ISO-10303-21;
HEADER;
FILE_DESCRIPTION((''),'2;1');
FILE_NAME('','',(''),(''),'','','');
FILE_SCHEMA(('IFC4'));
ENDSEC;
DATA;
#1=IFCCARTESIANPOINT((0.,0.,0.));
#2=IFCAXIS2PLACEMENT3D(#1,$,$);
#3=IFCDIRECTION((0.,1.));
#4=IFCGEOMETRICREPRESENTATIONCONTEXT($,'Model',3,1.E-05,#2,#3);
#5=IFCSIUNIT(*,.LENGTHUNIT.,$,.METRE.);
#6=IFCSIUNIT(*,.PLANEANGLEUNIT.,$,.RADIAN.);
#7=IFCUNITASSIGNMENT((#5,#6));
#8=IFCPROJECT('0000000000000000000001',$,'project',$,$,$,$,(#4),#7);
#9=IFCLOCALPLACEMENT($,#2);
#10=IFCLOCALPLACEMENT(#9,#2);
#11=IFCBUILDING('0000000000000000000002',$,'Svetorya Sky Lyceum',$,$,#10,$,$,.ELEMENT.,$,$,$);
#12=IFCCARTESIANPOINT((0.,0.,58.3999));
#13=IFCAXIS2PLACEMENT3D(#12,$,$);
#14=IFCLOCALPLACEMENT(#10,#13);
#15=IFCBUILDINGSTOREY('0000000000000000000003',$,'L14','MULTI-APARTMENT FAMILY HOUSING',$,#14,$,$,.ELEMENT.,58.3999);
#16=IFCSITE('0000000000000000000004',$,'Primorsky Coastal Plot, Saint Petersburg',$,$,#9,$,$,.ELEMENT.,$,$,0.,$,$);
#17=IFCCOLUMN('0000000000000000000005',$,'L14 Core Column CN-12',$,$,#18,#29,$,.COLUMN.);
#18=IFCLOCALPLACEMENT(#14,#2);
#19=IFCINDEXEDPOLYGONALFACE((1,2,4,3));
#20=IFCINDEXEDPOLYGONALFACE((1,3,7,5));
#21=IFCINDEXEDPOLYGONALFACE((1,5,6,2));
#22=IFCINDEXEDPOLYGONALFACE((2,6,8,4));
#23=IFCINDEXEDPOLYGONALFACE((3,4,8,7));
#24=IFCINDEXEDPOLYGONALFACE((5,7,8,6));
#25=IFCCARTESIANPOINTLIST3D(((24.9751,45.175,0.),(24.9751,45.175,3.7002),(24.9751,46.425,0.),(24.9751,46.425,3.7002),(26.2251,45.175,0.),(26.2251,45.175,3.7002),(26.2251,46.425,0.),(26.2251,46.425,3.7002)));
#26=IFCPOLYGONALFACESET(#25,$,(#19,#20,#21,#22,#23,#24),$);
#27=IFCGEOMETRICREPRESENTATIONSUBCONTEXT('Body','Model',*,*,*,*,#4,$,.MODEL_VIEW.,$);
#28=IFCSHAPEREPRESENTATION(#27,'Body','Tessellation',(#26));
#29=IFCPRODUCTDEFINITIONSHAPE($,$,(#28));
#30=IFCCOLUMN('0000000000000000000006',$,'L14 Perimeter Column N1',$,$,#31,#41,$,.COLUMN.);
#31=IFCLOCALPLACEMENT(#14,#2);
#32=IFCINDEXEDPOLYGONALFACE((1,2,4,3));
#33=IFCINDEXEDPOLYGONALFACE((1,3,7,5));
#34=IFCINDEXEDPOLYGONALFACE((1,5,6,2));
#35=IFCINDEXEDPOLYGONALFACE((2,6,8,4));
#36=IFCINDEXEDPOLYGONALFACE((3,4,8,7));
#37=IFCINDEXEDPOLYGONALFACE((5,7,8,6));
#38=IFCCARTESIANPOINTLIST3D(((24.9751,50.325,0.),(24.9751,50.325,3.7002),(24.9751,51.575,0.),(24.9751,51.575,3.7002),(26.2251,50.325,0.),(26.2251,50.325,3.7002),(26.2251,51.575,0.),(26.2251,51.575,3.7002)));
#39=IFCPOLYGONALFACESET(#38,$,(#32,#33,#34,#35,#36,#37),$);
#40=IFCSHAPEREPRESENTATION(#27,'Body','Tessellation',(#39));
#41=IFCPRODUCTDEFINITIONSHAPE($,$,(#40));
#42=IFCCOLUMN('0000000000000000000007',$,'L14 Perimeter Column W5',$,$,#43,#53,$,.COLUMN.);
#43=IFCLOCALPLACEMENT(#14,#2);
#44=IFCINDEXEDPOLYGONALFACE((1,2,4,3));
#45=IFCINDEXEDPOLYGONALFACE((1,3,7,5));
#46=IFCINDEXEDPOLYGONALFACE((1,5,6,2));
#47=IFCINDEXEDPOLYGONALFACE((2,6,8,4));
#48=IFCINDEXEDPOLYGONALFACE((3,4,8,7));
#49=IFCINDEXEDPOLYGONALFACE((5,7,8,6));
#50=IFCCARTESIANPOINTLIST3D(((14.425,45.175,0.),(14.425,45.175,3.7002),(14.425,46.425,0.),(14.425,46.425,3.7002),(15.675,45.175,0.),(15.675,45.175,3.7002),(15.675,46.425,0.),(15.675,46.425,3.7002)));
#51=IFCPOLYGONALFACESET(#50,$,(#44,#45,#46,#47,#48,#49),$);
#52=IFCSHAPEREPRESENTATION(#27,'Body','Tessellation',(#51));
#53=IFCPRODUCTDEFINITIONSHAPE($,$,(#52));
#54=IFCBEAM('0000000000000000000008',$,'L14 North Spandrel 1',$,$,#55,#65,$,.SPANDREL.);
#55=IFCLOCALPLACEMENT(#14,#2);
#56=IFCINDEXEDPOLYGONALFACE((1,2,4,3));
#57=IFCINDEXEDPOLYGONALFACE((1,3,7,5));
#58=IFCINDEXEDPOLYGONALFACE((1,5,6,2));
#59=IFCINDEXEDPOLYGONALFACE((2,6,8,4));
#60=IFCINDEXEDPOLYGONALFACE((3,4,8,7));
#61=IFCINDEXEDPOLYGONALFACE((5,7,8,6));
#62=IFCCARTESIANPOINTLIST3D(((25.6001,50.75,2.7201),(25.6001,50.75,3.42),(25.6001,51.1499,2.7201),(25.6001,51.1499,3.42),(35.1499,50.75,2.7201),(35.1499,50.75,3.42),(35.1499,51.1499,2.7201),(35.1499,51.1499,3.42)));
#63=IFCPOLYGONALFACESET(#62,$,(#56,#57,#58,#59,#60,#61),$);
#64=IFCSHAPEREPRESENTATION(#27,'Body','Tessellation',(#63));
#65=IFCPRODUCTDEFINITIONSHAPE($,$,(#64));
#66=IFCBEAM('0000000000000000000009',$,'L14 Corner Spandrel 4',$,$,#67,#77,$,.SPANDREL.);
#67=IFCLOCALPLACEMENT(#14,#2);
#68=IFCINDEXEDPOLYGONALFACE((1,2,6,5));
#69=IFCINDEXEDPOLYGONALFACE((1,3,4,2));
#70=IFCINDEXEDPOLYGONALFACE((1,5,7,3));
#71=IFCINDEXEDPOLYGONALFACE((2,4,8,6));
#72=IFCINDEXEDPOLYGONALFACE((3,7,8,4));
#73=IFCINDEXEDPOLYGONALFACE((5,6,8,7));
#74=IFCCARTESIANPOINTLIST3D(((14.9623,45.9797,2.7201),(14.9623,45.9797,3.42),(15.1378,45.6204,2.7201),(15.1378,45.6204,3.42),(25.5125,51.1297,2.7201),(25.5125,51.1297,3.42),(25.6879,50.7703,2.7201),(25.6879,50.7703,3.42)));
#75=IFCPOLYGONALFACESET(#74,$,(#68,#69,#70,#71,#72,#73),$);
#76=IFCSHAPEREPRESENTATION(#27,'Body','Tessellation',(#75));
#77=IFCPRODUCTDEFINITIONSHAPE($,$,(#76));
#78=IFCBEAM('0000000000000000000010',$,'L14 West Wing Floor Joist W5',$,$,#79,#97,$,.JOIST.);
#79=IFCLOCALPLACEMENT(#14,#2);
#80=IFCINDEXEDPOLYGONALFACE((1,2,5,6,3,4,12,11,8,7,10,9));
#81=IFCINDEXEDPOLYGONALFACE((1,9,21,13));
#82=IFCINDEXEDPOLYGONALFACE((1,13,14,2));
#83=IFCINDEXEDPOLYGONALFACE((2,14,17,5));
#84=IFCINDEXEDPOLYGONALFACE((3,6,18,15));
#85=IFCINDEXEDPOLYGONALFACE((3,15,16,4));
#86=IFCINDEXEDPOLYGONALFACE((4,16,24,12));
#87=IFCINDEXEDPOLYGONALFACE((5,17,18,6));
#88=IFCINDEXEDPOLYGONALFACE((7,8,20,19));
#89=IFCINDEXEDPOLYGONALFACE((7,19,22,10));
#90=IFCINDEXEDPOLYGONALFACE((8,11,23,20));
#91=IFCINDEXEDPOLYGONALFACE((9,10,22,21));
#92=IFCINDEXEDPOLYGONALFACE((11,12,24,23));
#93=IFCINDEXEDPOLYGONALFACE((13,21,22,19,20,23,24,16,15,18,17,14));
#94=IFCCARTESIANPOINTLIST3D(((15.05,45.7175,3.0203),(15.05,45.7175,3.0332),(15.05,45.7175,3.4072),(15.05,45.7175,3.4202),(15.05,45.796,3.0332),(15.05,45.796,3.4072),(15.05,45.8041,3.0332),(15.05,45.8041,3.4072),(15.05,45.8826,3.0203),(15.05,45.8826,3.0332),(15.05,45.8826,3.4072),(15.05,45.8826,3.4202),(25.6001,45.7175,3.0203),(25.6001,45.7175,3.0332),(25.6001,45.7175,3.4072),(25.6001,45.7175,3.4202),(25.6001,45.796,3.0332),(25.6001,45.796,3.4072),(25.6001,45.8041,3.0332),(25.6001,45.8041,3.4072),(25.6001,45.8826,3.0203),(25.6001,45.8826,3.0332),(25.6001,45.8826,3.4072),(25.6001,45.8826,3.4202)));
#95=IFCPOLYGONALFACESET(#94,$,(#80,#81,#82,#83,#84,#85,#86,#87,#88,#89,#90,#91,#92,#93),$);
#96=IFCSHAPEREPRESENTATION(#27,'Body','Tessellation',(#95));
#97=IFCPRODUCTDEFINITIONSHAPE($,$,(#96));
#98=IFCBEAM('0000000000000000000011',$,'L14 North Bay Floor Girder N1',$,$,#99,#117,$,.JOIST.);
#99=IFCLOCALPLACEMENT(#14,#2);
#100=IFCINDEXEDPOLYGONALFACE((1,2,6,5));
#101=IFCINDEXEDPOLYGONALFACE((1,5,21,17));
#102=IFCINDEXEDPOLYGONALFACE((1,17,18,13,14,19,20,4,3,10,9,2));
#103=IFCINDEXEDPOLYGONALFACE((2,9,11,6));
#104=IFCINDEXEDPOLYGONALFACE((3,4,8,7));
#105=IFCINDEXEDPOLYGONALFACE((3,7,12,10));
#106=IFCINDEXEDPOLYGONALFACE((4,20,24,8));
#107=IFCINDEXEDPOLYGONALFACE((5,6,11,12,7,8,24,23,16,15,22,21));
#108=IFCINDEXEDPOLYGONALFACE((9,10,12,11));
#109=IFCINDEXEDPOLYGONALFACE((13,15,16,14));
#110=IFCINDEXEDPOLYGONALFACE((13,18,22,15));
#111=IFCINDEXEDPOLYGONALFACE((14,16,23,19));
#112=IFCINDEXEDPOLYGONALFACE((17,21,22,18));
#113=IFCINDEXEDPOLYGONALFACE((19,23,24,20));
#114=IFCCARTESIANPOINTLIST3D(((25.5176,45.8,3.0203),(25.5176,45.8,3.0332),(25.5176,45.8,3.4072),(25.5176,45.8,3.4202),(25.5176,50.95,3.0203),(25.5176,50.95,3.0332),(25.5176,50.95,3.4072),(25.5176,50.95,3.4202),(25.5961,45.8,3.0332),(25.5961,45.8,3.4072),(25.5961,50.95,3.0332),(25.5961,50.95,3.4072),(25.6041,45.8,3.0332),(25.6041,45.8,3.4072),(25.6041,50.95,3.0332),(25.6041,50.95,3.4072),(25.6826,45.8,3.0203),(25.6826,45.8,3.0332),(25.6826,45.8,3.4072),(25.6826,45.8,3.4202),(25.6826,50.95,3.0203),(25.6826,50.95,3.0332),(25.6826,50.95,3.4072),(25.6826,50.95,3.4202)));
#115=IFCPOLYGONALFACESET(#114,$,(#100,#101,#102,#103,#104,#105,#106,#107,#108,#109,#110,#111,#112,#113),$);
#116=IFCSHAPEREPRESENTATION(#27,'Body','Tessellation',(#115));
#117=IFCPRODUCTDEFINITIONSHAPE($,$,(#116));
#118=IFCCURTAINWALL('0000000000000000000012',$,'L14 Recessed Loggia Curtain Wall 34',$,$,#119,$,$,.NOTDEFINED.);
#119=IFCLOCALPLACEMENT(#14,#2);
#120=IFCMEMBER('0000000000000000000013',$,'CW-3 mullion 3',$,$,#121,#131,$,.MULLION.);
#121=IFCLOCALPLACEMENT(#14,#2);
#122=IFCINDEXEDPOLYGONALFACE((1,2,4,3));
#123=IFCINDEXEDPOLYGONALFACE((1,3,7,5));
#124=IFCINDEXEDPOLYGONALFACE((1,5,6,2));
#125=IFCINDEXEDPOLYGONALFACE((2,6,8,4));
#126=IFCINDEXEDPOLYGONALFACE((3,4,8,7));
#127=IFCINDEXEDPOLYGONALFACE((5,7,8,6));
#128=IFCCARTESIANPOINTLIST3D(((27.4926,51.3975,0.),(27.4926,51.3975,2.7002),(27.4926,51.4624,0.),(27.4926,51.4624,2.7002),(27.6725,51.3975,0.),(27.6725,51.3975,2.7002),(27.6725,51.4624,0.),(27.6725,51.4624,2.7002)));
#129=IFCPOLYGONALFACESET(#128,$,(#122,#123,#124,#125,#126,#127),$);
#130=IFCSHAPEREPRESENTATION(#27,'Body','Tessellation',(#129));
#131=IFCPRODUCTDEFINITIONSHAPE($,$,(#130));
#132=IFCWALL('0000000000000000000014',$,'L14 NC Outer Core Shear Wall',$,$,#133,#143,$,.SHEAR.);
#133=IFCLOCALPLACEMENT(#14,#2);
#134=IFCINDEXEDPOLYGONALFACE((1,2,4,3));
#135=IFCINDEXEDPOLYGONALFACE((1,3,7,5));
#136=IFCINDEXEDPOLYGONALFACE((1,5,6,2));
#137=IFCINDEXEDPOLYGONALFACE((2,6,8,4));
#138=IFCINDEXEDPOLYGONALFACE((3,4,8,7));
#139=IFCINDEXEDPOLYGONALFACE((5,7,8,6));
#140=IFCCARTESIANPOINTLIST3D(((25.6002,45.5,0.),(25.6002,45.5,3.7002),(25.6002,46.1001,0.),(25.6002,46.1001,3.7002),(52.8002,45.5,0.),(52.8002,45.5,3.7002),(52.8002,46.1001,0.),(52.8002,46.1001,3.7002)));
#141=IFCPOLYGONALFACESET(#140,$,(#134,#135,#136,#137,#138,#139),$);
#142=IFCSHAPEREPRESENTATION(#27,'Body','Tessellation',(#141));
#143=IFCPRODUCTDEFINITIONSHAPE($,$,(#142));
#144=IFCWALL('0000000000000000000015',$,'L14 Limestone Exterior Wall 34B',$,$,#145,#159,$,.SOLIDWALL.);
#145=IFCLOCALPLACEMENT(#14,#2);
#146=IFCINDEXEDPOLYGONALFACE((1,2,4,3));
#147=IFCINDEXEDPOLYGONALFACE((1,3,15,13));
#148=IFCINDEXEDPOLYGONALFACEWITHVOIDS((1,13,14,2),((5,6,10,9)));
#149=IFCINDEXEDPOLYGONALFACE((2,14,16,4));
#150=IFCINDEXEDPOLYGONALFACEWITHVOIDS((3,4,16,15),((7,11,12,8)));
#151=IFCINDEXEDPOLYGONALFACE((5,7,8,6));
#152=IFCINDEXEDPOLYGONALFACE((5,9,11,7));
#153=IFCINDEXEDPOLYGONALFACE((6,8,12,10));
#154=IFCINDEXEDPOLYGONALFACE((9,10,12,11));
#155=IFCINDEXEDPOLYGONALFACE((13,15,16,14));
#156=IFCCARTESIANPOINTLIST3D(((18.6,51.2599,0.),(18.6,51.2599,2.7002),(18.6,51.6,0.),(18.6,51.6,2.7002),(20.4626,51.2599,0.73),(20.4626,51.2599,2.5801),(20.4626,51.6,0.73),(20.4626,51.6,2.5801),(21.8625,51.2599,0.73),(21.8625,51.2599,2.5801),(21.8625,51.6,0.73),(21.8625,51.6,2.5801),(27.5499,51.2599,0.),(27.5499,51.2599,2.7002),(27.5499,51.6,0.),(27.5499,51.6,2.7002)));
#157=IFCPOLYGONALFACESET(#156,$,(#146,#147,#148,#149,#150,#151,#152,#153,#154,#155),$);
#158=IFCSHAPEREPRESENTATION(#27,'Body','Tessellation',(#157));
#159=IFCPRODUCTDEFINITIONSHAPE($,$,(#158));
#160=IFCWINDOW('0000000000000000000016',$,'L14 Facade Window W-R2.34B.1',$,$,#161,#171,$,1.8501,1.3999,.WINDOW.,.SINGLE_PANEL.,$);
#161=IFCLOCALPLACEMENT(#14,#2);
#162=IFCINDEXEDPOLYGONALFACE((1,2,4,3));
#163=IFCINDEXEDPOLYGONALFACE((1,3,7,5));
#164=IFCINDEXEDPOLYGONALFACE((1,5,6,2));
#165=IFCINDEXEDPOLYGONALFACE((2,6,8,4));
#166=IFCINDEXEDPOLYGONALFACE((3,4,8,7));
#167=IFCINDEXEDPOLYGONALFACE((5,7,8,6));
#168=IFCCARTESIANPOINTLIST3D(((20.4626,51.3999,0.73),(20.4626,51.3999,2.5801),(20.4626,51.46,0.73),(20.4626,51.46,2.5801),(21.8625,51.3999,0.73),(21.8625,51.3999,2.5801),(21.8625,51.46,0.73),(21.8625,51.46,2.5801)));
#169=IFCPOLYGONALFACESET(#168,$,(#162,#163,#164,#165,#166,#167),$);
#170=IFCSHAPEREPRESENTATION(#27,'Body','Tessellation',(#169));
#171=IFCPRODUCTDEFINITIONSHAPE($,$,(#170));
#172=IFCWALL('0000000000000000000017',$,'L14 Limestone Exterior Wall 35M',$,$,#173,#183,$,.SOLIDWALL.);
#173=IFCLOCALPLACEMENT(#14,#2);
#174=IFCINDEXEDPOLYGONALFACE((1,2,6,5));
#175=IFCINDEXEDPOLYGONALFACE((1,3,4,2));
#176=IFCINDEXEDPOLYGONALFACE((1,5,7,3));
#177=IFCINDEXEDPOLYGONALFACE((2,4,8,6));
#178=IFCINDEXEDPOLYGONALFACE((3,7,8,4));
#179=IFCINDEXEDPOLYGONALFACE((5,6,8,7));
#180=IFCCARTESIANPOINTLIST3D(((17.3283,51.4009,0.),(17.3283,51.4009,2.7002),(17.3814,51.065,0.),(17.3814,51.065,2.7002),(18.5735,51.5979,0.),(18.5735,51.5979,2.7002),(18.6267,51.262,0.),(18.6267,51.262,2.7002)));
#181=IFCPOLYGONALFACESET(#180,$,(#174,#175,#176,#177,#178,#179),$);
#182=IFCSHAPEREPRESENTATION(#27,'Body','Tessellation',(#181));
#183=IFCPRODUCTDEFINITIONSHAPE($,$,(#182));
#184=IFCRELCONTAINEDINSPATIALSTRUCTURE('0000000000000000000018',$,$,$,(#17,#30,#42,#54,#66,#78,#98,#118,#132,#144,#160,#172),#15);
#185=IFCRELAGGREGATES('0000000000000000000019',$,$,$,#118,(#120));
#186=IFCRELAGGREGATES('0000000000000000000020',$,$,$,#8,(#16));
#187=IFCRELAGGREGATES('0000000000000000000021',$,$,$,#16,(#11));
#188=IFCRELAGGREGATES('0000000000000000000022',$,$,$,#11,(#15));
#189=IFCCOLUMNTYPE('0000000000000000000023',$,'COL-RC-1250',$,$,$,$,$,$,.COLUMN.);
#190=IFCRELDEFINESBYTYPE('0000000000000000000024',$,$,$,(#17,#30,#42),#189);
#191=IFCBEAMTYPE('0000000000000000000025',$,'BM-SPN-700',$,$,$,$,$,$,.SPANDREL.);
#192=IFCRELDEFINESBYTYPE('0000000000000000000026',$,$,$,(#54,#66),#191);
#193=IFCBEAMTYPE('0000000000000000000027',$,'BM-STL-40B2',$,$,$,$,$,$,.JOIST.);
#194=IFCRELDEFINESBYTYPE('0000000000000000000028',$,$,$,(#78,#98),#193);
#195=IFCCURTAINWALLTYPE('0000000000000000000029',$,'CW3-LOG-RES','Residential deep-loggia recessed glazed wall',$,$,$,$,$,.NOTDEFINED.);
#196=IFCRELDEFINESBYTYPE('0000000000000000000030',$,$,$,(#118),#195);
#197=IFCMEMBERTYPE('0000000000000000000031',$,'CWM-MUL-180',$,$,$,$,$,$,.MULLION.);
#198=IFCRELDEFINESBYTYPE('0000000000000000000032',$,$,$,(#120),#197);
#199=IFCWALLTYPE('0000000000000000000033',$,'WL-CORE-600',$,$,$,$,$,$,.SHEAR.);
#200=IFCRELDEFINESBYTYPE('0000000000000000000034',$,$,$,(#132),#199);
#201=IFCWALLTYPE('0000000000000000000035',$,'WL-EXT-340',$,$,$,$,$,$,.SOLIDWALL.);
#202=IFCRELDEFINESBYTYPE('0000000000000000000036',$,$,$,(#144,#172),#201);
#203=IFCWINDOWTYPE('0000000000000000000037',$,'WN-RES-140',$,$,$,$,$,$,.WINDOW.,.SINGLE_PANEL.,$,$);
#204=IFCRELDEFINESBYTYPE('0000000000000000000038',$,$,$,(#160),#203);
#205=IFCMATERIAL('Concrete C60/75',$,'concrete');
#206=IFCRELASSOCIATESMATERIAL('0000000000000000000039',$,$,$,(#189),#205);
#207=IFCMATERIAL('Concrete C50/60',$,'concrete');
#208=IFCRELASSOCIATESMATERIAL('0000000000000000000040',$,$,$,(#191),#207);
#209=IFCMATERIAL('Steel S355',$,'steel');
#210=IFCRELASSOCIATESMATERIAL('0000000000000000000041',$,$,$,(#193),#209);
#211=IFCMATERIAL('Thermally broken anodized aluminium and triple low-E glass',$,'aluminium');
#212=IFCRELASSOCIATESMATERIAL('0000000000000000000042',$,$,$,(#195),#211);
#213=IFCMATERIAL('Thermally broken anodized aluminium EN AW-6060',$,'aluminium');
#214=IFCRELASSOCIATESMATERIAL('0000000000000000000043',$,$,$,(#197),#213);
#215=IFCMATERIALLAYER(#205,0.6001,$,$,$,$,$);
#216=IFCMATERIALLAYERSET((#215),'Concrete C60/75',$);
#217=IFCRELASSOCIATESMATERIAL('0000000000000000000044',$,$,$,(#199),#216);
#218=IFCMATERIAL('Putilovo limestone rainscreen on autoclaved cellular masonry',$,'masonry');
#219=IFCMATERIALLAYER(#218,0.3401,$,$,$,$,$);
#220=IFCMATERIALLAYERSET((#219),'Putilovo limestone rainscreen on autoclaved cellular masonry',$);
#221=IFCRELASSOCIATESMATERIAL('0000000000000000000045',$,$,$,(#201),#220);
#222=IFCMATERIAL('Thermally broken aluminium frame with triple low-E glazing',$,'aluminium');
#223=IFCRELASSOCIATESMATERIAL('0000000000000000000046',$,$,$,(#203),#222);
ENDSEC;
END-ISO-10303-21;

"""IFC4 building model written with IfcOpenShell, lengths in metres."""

from ifc_helpers import new_model, si_unit, direction, frame, frame_2d, origin, origin_2d, place, context, subcontext, project, spatial, rectangle, i_section, extrude, material, layer, layer_set, material_profile, profile_set, type_object, element, fill, aggregate, save


model = new_model("IFC4")

# Units and contexts
model_context = context("Model", 3, precision=1e-05, world=origin(), true_north=direction((0.0, 1.0)))
body_context = subcontext(model_context, "Body", "Model", "MODEL_VIEW")
ifc_project = project(units=[si_unit("LENGTHUNIT", "METRE"), si_unit("PLANEANGLEUNIT", "RADIAN")], contexts=[model_context])

# Site, building, storey
site_placement = place(None, origin())
site = spatial("IfcSite", under=ifc_project, at=site_placement, Name="Primorsky Coastal Plot, Saint Petersburg", CompositionType="ELEMENT", RefElevation=0.0)
building_placement = place(site_placement, origin())
building = spatial("IfcBuilding", under=site, at=building_placement, Name="Svetorya Sky Lyceum", CompositionType="ELEMENT")
storey_placement = place(building_placement, frame((0.0, 0.0, 58.3999)))
storey = spatial("IfcBuildingStorey", under=building, at=storey_placement, Name="L14", Description="MULTI-APARTMENT FAMILY HOUSING", CompositionType="ELEMENT", Elevation=58.3999)

# Columns
ifc_material_1 = material(Name="Concrete C60/75", Category="concrete")
ifc_material_profile_1 = material_profile(ifc_material_1, rectangle(XDim=1.25, YDim=1.25, at=origin_2d()), Name="RC COL 1250x1250")
ifc_profile_set_1 = profile_set([ifc_material_profile_1], Name="Concrete C60/75")
column_type = type_object("IfcColumnType", Name="COL-RC-1250", PredefinedType="COLUMN", material=ifc_profile_set_1)
for number, where, z_axis, x_axis, name in (
    (1, (25.6001, 45.8, 0.0), (0.0, 0.0, 1.0), (1.0, 0.0, 0.0), "L14 Core Column CN-12"),
    (2, (25.6001, 50.95, 0.0), (0.0, 0.0, 1.0), (1.0, 0.0, 0.0), "L14 Perimeter Column N1"),
    (3, (15.05, 45.8, 0.0), (0.0, 0.0, 1.0), (1.0, 0.0, 0.0), "L14 Perimeter Column W5"),
):
    element("IfcColumn", number, at=place(storey_placement, frame(where, z_axis=z_axis, x_axis=x_axis)), inside=storey, type_object=column_type, Name=name, PredefinedType="COLUMN", context=body_context, shape_type="SweptSolid", body=[
        extrude(rectangle(XDim=1.25, YDim=1.25, at=origin_2d()), origin(), (0.0, 0.0, 1.0), 3.7002),
    ])

# Beams
ifc_material_2 = material(Name="Concrete C50/60", Category="concrete")
ifc_material_profile_2 = material_profile(ifc_material_2, rectangle(XDim=0.3999, YDim=0.7, at=origin_2d()), Name="RC SPANDREL 400x700")
ifc_profile_set_2 = profile_set([ifc_material_profile_2], Name="Concrete C50/60")
beam_type_1 = type_object("IfcBeamType", Name="BM-SPN-700", PredefinedType="SPANDREL", material=ifc_profile_set_2)
beam_1_placement = place(storey_placement, frame((25.6001, 50.95, 3.0701), z_axis=(1.0, 0.0, 0.0), x_axis=(0.0, 1.0, 0.0)))
element("IfcBeam", 4, at=beam_1_placement, inside=storey, type_object=beam_type_1, Name="L14 North Spandrel 1", PredefinedType="SPANDREL", context=body_context, shape_type="SweptSolid", body=[
    extrude(rectangle(XDim=0.3999, YDim=0.7, at=origin_2d()), origin(), (0.0, 0.0, 1.0), 9.5498),
])
beam_2_placement = place(storey_placement, frame((15.05, 45.8, 3.0701), z_axis=(0.89865, 0.438667, 0.0), x_axis=(-0.438667, 0.89865, 0.0)))
element("IfcBeam", 5, at=beam_2_placement, inside=storey, type_object=beam_type_1, Name="L14 Corner Spandrel 4", PredefinedType="SPANDREL", context=body_context, shape_type="SweptSolid", body=[
    extrude(rectangle(XDim=0.3999, YDim=0.7, at=origin_2d()), origin(), (0.0, 0.0, 1.0), 11.74),
])
ifc_material_3 = material(Name="Steel S355", Category="steel")
ifc_material_profile_3 = material_profile(ifc_material_3, i_section(OverallWidth=0.165, OverallDepth=0.3999, WebThickness=0.0081, FlangeThickness=0.0129, at=origin_2d()), Name="GOST 40B2")
ifc_profile_set_3 = profile_set([ifc_material_profile_3], Name="Steel S355")
beam_type_2 = type_object("IfcBeamType", Name="BM-STL-40B2", PredefinedType="JOIST", material=ifc_profile_set_3)
beam_3_placement = place(storey_placement, frame((15.05, 45.8, 3.2202), z_axis=(1.0, 0.0, 0.0), x_axis=(0.0, 1.0, 0.0)))
element("IfcBeam", 6, at=beam_3_placement, inside=storey, type_object=beam_type_2, Name="L14 West Wing Floor Joist W5", PredefinedType="JOIST", context=body_context, shape_type="SweptSolid", body=[
    extrude(i_section(OverallWidth=0.165, OverallDepth=0.3999, WebThickness=0.0081, FlangeThickness=0.0129, at=origin_2d()), origin(), (0.0, 0.0, 1.0), 10.55),
])
beam_4_placement = place(storey_placement, frame((25.6001, 45.8, 3.2202), z_axis=(0.0, 1.0, 0.0), x_axis=(-1.0, 0.0, 0.0)))
element("IfcBeam", 7, at=beam_4_placement, inside=storey, type_object=beam_type_2, Name="L14 North Bay Floor Girder N1", PredefinedType="JOIST", context=body_context, shape_type="SweptSolid", body=[
    extrude(i_section(OverallWidth=0.165, OverallDepth=0.3999, WebThickness=0.0081, FlangeThickness=0.0129, at=origin_2d()), origin(), (0.0, 0.0, 1.0), 5.1499),
])

# Curtain wall, member
ifc_material_4 = material(Name="Thermally broken anodized aluminium and triple low-E glass", Category="aluminium")
curtain_wall_type = type_object("IfcCurtainWallType", Name="CW3-LOG-RES", Description="Residential deep-loggia recessed glazed wall", PredefinedType="NOTDEFINED", material=ifc_material_4)
curtain_wall_placement = place(storey_placement, origin())
curtain_wall = element("IfcCurtainWall", 8, at=curtain_wall_placement, inside=storey, type_object=curtain_wall_type, Name="L14 Recessed Loggia Curtain Wall 34", PredefinedType="NOTDEFINED")
ifc_material_5 = material(Name="Thermally broken anodized aluminium EN AW-6060", Category="aluminium")
ifc_material_profile_4 = material_profile(ifc_material_5, rectangle(XDim=0.0649, YDim=0.1799, at=origin_2d()), Name="ALU MULLION 65x180")
ifc_profile_set_4 = profile_set([ifc_material_profile_4], Name="Thermally broken anodized aluminium EN AW-6060")
member_type = type_object("IfcMemberType", Name="CWM-MUL-180", PredefinedType="MULLION", material=ifc_profile_set_4)
member_placement = place(storey_placement, frame((27.5825, 51.4299, 0.0), z_axis=(0.0, 0.0, 1.0), x_axis=(0.0, -1.0, 0.0)))
member = element("IfcMember", 9, at=member_placement, type_object=member_type, Name="CW-3 mullion 3", PredefinedType="MULLION", context=body_context, shape_type="SweptSolid", body=[
    extrude(rectangle(XDim=0.0649, YDim=0.1799, at=origin_2d()), origin(), (0.0, 0.0, 1.0), 2.7002),
])
aggregate(curtain_wall, [member])

# Wall
ifc_layer_1 = layer(ifc_material_1, 0.6001)
ifc_layer_set_1 = layer_set([ifc_layer_1], Name="Concrete C60/75")
wall_type_1 = type_object("IfcWallType", Name="WL-CORE-600", PredefinedType="SHEAR", material=ifc_layer_set_1)
wall_1_placement = place(storey_placement, frame((25.6001, 45.8, 0.0), z_axis=(0.0, 0.0, 1.0), x_axis=(1.0, 0.0, 0.0)))
element("IfcWall", 10, at=wall_1_placement, inside=storey, type_object=wall_type_1, Name="L14 NC Outer Core Shear Wall", PredefinedType="SHEAR", context=body_context, shape_type="SweptSolid", body=[
    extrude(rectangle(XDim=27.2, YDim=0.6001, at=frame_2d((13.6001, 0.0))), origin(), (0.0, 0.0, 1.0), 3.7002),
])

# Wall, opening, window
ifc_material_6 = material(Name="Putilovo limestone rainscreen on autoclaved cellular masonry", Category="masonry")
ifc_layer_2 = layer(ifc_material_6, 0.3401)
ifc_layer_set_2 = layer_set([ifc_layer_2], Name="Putilovo limestone rainscreen on autoclaved cellular masonry")
wall_type_2 = type_object("IfcWallType", Name="WL-EXT-340", PredefinedType="SOLIDWALL", material=ifc_layer_set_2)
wall_2_placement = place(storey_placement, frame((27.55, 51.4299, 0.0), z_axis=(0.0, 0.0, 1.0), x_axis=(-1.0, 0.0, 0.0)))
wall_2 = element("IfcWall", 11, at=wall_2_placement, inside=storey, type_object=wall_type_2, Name="L14 Limestone Exterior Wall 34B", PredefinedType="SOLIDWALL", context=body_context, shape_type="SweptSolid", body=[
    extrude(rectangle(XDim=8.95, YDim=0.3401, at=frame_2d((4.4751, 0.0))), origin(), (0.0, 0.0, 1.0), 2.7002),
])
opening_1_placement = place(wall_2_placement, frame((5.6875, 0.0, 0.73)))
opening_1 = element("IfcOpeningElement", 12, at=opening_1_placement, cuts=wall_2, PredefinedType="OPENING", context=body_context, shape_type="SweptSolid", body=[
    extrude(rectangle(XDim=1.3999, YDim=1.8501, at=frame_2d((0.7, 0.925))), frame((0.0, 0.1799, 0.0), z_axis=(0.0, -1.0, 0.0), x_axis=(1.0, 0.0, 0.0)), (0.0, 0.0, 1.0), 0.3601),
])
ifc_material_7 = material(Name="Thermally broken aluminium frame with triple low-E glazing", Category="aluminium")
window_type_1 = type_object("IfcWindowType", Name="WN-RES-140", PartitioningType="SINGLE_PANEL", PredefinedType="WINDOW", material=ifc_material_7)
window_1_placement = place(opening_1_placement, origin())
window_1 = element("IfcWindow", 13, at=window_1_placement, inside=storey, type_object=window_type_1, Name="L14 Facade Window W-R2.34B.1", OverallHeight=1.8501, OverallWidth=1.3999, PartitioningType="SINGLE_PANEL", PredefinedType="WINDOW", context=body_context, shape_type="SweptSolid", body=[
    extrude(rectangle(XDim=1.3999, YDim=1.8501, at=frame_2d((0.7, 0.925))), frame((0.0, 0.03, 0.0), z_axis=(0.0, -1.0, 0.0), x_axis=(1.0, 0.0, 0.0)), (0.0, 0.0, 1.0), 0.0601),
])
fill(opening_1, window_1)

# Wall
wall_3_placement = place(storey_placement, frame((18.6001, 51.4299, 0.0), z_axis=(0.0, 0.0, 1.0), x_axis=(-0.987716, -0.156261, 0.0)))
element("IfcWall", 14, at=wall_3_placement, inside=storey, type_object=wall_type_2, Name="L14 Limestone Exterior Wall 35M", PredefinedType="SOLIDWALL", context=body_context, shape_type="SweptSolid", body=[
    extrude(rectangle(XDim=1.2607, YDim=0.3401, at=frame_2d((0.6304, 0.0))), origin(), (0.0, 0.0, 1.0), 2.7002),
])

save(model, "model.ifc")
